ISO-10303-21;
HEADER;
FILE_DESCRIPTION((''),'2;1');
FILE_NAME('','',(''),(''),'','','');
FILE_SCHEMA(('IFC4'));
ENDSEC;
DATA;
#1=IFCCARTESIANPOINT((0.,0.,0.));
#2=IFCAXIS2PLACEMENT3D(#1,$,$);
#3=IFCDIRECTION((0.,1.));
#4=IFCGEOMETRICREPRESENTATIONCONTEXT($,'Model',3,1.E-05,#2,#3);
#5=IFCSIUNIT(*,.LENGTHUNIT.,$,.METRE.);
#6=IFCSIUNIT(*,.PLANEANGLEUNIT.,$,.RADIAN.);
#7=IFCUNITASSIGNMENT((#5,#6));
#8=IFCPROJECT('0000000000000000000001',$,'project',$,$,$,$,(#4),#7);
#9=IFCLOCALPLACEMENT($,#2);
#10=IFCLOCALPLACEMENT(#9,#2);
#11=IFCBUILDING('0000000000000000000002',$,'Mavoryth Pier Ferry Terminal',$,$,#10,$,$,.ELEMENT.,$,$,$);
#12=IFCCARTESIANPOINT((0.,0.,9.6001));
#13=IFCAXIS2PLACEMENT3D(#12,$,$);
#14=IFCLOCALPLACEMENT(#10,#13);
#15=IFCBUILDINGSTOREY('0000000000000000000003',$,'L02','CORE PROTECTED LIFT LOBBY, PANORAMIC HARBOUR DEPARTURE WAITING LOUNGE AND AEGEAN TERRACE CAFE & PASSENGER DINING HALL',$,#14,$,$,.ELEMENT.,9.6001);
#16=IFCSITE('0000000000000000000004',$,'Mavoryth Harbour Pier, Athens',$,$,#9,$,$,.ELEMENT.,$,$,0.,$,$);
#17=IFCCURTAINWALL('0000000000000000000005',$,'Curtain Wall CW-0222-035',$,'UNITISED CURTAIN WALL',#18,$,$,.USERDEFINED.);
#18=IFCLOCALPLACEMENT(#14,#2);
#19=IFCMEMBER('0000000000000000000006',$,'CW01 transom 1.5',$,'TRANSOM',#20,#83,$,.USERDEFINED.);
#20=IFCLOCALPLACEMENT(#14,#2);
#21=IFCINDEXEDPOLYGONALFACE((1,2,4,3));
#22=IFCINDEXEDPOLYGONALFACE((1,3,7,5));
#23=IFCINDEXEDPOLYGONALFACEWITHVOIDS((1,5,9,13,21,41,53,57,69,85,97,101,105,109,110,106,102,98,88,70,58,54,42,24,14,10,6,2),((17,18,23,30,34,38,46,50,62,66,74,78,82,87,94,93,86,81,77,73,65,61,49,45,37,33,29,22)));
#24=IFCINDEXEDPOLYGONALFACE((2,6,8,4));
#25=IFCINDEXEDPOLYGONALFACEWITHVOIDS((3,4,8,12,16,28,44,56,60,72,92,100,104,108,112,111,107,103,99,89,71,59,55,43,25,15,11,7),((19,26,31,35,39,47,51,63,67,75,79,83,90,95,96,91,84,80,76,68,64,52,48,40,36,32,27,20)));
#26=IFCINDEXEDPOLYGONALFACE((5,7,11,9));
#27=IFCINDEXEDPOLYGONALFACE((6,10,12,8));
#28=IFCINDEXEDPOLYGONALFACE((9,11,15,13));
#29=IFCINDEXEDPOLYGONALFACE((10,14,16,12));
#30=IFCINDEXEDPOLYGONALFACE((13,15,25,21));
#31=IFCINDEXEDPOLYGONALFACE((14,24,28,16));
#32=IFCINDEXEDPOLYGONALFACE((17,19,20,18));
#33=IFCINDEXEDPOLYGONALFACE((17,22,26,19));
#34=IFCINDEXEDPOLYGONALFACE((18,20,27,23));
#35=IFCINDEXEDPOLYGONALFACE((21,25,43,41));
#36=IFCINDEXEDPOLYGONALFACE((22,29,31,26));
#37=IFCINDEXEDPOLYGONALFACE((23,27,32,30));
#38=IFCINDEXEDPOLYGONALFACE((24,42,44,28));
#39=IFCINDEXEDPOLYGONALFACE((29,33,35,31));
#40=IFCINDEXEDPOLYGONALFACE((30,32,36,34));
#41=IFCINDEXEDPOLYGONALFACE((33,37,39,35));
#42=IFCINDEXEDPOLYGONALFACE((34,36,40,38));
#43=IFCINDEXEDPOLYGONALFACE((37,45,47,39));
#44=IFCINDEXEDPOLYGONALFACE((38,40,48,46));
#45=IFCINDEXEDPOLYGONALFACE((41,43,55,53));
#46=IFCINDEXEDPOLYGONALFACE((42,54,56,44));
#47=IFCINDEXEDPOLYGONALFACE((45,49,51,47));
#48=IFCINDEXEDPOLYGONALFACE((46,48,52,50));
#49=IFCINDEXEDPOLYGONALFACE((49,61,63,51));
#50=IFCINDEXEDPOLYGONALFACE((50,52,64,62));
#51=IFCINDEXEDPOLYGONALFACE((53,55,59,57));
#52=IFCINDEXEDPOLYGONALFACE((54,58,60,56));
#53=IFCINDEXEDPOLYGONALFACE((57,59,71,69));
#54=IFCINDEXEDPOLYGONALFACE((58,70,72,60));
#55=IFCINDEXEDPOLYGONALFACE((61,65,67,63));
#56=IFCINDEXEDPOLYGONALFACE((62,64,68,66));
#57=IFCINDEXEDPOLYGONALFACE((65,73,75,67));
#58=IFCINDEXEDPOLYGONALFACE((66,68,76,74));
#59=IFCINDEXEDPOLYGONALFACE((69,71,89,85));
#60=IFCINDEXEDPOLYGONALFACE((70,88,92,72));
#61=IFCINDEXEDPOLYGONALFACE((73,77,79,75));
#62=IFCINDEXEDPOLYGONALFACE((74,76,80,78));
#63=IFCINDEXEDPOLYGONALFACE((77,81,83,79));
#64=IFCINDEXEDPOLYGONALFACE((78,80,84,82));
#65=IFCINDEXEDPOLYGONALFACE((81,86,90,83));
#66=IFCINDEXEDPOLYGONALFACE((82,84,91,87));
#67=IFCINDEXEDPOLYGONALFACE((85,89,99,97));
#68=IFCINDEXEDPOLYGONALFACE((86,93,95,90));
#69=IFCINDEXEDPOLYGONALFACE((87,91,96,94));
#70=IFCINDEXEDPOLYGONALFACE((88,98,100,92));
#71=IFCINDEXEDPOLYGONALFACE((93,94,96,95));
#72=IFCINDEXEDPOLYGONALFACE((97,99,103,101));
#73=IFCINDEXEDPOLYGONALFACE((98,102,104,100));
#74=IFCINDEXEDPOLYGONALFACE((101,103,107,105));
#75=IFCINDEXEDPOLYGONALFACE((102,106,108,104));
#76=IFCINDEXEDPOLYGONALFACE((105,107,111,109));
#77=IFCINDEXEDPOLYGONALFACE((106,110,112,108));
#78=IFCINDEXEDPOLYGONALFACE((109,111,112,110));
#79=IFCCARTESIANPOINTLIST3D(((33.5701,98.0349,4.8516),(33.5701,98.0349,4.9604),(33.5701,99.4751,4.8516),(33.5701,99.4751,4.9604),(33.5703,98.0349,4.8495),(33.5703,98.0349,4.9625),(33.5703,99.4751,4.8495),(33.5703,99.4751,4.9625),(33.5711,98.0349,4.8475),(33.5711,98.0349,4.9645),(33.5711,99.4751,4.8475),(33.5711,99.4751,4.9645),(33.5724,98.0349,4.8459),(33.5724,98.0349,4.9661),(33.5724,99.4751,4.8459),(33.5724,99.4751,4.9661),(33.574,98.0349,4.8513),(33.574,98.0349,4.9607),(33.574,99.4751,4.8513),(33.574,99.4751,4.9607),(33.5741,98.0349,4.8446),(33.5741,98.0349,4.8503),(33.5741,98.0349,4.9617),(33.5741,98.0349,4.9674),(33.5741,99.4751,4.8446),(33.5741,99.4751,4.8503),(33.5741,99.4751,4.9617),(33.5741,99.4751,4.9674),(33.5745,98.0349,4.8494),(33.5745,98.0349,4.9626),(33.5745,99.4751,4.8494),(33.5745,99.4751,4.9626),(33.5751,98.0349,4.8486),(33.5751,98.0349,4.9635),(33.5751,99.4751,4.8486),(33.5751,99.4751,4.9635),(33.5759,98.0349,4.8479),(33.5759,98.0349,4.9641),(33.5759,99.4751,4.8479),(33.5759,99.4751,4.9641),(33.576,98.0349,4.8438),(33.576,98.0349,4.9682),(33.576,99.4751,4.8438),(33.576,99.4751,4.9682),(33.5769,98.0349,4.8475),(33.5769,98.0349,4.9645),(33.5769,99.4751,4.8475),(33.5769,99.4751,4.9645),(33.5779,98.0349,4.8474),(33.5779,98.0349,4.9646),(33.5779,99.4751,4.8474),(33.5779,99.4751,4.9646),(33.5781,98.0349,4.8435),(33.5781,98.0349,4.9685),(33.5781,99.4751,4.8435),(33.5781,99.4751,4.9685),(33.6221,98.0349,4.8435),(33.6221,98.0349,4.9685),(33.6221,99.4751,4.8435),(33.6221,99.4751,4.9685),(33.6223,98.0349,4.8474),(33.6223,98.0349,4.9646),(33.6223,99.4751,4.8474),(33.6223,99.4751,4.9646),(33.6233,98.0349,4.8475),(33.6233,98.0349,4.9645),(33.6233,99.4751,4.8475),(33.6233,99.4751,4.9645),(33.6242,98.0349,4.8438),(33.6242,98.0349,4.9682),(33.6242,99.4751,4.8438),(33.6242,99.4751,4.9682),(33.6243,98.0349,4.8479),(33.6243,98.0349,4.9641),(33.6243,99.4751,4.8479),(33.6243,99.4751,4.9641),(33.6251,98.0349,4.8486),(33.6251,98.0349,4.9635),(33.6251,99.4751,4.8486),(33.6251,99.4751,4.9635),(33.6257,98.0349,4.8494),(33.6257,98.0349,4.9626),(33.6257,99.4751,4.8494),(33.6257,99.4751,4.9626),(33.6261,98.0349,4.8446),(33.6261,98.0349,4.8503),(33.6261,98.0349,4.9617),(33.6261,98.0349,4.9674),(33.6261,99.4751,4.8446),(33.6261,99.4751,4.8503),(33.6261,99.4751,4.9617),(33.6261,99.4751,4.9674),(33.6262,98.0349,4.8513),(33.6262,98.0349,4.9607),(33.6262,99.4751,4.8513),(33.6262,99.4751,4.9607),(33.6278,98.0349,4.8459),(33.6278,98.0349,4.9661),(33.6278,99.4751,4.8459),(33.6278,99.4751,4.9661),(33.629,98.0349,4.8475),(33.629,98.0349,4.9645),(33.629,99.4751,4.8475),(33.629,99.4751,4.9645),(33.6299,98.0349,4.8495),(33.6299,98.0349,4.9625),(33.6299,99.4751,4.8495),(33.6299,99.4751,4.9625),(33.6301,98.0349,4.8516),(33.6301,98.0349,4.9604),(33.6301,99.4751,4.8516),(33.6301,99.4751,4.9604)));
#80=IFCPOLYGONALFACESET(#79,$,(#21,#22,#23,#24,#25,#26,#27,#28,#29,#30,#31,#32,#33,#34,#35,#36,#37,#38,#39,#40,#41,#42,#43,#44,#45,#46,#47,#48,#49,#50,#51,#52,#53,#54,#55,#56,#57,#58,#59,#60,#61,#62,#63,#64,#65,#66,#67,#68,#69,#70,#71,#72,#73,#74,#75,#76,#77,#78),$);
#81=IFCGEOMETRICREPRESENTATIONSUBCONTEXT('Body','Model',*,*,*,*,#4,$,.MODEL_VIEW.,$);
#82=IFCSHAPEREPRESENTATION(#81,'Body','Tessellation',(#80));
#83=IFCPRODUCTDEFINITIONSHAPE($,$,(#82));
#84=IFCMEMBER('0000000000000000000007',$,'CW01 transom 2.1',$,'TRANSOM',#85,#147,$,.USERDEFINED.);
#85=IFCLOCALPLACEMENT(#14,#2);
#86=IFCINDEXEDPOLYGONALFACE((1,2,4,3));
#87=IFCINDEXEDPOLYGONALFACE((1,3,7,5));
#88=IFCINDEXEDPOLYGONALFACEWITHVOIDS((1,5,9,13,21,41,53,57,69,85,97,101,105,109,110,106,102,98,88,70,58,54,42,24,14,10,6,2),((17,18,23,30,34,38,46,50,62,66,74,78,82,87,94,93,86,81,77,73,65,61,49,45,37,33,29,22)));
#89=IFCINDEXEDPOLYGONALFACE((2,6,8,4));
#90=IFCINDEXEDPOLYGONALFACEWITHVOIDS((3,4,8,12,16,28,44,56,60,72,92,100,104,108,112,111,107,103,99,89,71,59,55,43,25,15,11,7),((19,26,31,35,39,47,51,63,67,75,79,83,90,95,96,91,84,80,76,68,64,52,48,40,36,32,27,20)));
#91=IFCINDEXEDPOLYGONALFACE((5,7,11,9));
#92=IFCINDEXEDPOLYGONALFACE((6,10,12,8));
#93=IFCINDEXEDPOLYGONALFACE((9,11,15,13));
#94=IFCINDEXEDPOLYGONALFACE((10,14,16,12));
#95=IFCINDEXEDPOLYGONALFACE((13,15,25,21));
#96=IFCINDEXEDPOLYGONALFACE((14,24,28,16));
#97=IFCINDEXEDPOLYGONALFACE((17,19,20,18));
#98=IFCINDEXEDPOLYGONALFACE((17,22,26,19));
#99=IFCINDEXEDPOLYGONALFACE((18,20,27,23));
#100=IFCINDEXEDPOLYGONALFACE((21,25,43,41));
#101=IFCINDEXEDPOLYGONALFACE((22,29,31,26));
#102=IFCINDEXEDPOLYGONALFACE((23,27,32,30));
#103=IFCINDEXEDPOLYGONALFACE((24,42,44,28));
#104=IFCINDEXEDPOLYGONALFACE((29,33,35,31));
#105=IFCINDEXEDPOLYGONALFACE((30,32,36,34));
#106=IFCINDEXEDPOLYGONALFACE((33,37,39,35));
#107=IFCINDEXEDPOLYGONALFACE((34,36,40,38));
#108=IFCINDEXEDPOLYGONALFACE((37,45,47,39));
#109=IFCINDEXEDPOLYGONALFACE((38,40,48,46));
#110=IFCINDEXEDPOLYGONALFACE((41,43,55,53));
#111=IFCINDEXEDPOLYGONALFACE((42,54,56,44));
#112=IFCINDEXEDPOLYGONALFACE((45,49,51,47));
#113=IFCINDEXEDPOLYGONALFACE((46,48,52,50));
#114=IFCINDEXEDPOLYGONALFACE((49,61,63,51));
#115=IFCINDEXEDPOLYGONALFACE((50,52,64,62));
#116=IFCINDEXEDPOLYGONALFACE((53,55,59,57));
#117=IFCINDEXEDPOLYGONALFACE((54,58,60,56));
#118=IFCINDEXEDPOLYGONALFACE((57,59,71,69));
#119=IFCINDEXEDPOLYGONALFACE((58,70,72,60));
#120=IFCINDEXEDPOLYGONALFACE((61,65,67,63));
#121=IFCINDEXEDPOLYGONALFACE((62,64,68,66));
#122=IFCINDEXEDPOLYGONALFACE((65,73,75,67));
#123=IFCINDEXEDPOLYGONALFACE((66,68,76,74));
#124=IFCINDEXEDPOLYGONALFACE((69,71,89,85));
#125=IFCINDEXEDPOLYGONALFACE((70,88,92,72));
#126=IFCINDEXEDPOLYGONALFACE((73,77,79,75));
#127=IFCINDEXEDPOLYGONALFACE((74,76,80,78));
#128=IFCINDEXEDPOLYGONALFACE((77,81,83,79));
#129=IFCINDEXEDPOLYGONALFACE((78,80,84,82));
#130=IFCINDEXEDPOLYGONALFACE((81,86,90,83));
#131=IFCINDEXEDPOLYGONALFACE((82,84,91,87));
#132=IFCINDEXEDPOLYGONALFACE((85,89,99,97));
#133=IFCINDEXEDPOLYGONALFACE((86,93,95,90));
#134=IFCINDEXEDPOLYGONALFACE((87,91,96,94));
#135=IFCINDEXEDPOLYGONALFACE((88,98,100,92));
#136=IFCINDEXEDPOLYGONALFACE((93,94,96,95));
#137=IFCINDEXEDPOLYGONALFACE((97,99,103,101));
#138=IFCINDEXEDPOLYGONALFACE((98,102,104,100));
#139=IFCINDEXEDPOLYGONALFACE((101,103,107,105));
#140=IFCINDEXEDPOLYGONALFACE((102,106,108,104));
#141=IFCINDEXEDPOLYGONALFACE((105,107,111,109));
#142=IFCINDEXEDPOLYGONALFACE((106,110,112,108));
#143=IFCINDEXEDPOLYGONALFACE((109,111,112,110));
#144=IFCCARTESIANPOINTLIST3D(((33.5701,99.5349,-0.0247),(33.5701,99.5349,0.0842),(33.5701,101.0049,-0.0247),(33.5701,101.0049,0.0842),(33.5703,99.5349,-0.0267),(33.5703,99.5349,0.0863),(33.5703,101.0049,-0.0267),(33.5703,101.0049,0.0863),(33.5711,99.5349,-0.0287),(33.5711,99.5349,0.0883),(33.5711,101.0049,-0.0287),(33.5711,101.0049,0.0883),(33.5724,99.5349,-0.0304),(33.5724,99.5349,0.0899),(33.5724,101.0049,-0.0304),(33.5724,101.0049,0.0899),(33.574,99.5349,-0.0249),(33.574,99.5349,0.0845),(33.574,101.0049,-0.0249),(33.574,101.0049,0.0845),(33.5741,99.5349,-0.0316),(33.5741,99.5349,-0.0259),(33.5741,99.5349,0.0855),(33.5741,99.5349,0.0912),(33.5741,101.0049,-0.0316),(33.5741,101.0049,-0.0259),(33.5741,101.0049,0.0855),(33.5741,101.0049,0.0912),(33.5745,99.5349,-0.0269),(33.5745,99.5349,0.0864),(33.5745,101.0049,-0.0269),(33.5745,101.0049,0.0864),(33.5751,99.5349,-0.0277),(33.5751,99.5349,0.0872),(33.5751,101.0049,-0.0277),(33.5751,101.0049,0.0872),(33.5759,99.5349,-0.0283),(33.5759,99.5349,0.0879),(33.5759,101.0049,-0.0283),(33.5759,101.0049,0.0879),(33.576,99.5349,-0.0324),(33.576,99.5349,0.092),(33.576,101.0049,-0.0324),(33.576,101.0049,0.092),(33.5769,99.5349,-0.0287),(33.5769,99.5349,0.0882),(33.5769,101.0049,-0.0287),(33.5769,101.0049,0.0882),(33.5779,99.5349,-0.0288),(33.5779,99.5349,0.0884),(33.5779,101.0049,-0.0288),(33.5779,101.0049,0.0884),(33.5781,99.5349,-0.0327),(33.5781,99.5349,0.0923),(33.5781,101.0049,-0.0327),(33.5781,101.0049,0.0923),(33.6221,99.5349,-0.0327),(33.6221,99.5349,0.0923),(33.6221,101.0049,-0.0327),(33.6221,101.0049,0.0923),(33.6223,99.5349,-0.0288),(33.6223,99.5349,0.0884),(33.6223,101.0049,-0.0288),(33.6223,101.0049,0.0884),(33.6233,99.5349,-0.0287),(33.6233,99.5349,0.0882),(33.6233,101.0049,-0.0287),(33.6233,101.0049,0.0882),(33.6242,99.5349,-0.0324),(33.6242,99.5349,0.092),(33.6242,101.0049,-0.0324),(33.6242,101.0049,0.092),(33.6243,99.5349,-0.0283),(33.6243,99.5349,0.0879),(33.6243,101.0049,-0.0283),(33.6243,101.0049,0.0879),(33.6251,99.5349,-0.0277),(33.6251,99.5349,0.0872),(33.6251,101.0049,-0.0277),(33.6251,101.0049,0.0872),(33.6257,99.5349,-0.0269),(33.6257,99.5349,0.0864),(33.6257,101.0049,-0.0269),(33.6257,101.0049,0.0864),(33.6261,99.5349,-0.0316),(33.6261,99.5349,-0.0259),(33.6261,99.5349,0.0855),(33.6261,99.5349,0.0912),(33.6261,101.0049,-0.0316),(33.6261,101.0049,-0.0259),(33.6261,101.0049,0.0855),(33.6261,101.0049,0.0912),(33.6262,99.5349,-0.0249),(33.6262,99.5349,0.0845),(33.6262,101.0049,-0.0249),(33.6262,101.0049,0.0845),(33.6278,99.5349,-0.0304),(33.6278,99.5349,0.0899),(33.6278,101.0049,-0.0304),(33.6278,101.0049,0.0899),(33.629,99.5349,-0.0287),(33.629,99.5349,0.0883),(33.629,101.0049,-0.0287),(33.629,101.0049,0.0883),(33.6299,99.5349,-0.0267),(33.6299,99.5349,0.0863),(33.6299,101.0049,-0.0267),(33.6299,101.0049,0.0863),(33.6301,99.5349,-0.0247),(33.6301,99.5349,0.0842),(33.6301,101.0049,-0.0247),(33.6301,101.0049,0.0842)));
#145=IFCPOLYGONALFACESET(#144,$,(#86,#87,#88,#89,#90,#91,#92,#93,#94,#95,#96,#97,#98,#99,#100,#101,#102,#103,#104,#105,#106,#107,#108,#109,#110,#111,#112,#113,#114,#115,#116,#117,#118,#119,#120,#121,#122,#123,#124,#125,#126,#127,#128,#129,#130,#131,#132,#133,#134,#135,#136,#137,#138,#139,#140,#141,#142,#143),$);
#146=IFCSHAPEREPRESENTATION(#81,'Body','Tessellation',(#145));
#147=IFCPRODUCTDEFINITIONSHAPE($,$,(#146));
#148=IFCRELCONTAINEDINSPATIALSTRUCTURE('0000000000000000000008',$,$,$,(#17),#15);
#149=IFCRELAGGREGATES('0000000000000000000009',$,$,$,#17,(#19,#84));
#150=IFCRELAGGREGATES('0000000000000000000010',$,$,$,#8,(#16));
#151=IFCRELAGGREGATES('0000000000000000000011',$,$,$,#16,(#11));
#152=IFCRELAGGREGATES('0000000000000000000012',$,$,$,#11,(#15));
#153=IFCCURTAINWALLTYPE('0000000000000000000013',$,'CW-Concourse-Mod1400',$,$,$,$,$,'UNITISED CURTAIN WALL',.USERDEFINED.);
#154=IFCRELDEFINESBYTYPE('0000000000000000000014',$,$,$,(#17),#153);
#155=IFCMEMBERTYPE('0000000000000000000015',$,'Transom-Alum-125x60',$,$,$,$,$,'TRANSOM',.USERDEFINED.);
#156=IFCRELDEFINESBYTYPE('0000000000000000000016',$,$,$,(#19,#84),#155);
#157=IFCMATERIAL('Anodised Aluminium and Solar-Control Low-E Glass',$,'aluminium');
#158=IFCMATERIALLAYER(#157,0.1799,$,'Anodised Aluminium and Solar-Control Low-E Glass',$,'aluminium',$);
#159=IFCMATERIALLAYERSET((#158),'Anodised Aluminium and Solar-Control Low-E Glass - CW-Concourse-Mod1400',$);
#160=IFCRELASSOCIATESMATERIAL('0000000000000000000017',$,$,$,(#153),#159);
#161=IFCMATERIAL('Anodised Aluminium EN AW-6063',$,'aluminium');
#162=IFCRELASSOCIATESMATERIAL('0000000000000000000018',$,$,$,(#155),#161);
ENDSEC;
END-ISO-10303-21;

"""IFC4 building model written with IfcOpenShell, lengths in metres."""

from ifc_helpers import new_model, si_unit, direction, frame, origin, origin_2d, place, context, subcontext, project, spatial, hollow_rectangle, extrude, material, layer, layer_set, material_profile, profile_set, type_object, element, aggregate, save


model = new_model("IFC4")

# Units and contexts
model_context = context("Model", 3, precision=1e-05, world=origin(), true_north=direction((0.0, 1.0)))
body_context = subcontext(model_context, "Body", "Model", "MODEL_VIEW")
ifc_project = project(units=[si_unit("LENGTHUNIT", "METRE"), si_unit("PLANEANGLEUNIT", "RADIAN")], contexts=[model_context])

# Site, building, storey
site_placement = place(None, origin())
site = spatial("IfcSite", under=ifc_project, at=site_placement, Name="Mavoryth Harbour Pier, Athens", CompositionType="ELEMENT", RefElevation=0.0)
building_placement = place(site_placement, origin())
building = spatial("IfcBuilding", under=site, at=building_placement, Name="Mavoryth Pier Ferry Terminal", CompositionType="ELEMENT")
storey_placement = place(building_placement, frame((0.0, 0.0, 9.6001)))
storey = spatial("IfcBuildingStorey", under=building, at=storey_placement, Name="L02", Description="CORE PROTECTED LIFT LOBBY, PANORAMIC HARBOUR DEPARTURE WAITING LOUNGE AND AEGEAN TERRACE CAFE & PASSENGER DINING HALL", CompositionType="ELEMENT", Elevation=9.6001)

# Curtain wall
ifc_material_1 = material(Name="Anodised Aluminium and Solar-Control Low-E Glass", Category="aluminium")
ifc_layer_1 = layer(ifc_material_1, 0.1799, Name="Anodised Aluminium and Solar-Control Low-E Glass", Category="aluminium")
ifc_layer_set_1 = layer_set([ifc_layer_1], Name="Anodised Aluminium and Solar-Control Low-E Glass - CW-Concourse-Mod1400")
curtain_wall_type = type_object("IfcCurtainWallType", Name="CW-Concourse-Mod1400", ElementType="UNITISED CURTAIN WALL", PredefinedType="USERDEFINED", material=ifc_layer_set_1)
ifc_material_2 = material(Name="Anodised Aluminium EN AW-6063", Category="aluminium")
curtain_wall_1_placement = place(storey_placement, origin())
curtain_wall_1 = element("IfcCurtainWall", 1, at=curtain_wall_1_placement, inside=storey, type_object=curtain_wall_type, Name="Curtain Wall CW-0222-035", ObjectType="UNITISED CURTAIN WALL", PredefinedType="USERDEFINED")

# Members
ifc_material_profile_1 = material_profile(ifc_material_2, hollow_rectangle(XDim=0.0601, YDim=0.125, WallThickness=0.0039, InnerFilletRadius=0.0039, OuterFilletRadius=0.0081, at=origin_2d()), Name="AL-TRAN 125x60x4", Category="aluminium")
ifc_profile_set_1 = profile_set([ifc_material_profile_1], Name="Anodised Aluminium EN AW-6063 - AL-TRAN 125x60x4")
member_type_1 = type_object("IfcMemberType", Name="Transom-Alum-125x60", ElementType="TRANSOM", PredefinedType="USERDEFINED", material=ifc_profile_set_1)
member_1_placement = place(storey_placement, frame((33.6001, 98.0349, 4.906), z_axis=(0.0, 1.0, 0.0), x_axis=(-1.0, 0.0, 0.0)))
member_1 = element("IfcMember", 2, at=member_1_placement, type_object=member_type_1, Name="CW01 transom 1.5", ObjectType="TRANSOM", PredefinedType="USERDEFINED", context=body_context, shape_type="SweptSolid", body=[
    extrude(hollow_rectangle(XDim=0.0601, YDim=0.125, WallThickness=0.0039, InnerFilletRadius=0.0039, OuterFilletRadius=0.0081, at=origin_2d()), origin(), (0.0, 0.0, 1.0), 1.4402),
])
member_2_placement = place(storey_placement, frame((33.6001, 99.5349, 0.0298), z_axis=(0.0, 1.0, 0.0), x_axis=(-1.0, 0.0, 0.0)))
member_2 = element("IfcMember", 3, at=member_2_placement, type_object=member_type_1, Name="CW01 transom 2.1", ObjectType="TRANSOM", PredefinedType="USERDEFINED", context=body_context, shape_type="SweptSolid", body=[
    extrude(hollow_rectangle(XDim=0.0601, YDim=0.125, WallThickness=0.0039, InnerFilletRadius=0.0039, OuterFilletRadius=0.0081, at=origin_2d()), origin(), (0.0, 0.0, 1.0), 1.47),
])

aggregate(curtain_wall_1, [member_1, member_2])

save(model, "model.ifc")
